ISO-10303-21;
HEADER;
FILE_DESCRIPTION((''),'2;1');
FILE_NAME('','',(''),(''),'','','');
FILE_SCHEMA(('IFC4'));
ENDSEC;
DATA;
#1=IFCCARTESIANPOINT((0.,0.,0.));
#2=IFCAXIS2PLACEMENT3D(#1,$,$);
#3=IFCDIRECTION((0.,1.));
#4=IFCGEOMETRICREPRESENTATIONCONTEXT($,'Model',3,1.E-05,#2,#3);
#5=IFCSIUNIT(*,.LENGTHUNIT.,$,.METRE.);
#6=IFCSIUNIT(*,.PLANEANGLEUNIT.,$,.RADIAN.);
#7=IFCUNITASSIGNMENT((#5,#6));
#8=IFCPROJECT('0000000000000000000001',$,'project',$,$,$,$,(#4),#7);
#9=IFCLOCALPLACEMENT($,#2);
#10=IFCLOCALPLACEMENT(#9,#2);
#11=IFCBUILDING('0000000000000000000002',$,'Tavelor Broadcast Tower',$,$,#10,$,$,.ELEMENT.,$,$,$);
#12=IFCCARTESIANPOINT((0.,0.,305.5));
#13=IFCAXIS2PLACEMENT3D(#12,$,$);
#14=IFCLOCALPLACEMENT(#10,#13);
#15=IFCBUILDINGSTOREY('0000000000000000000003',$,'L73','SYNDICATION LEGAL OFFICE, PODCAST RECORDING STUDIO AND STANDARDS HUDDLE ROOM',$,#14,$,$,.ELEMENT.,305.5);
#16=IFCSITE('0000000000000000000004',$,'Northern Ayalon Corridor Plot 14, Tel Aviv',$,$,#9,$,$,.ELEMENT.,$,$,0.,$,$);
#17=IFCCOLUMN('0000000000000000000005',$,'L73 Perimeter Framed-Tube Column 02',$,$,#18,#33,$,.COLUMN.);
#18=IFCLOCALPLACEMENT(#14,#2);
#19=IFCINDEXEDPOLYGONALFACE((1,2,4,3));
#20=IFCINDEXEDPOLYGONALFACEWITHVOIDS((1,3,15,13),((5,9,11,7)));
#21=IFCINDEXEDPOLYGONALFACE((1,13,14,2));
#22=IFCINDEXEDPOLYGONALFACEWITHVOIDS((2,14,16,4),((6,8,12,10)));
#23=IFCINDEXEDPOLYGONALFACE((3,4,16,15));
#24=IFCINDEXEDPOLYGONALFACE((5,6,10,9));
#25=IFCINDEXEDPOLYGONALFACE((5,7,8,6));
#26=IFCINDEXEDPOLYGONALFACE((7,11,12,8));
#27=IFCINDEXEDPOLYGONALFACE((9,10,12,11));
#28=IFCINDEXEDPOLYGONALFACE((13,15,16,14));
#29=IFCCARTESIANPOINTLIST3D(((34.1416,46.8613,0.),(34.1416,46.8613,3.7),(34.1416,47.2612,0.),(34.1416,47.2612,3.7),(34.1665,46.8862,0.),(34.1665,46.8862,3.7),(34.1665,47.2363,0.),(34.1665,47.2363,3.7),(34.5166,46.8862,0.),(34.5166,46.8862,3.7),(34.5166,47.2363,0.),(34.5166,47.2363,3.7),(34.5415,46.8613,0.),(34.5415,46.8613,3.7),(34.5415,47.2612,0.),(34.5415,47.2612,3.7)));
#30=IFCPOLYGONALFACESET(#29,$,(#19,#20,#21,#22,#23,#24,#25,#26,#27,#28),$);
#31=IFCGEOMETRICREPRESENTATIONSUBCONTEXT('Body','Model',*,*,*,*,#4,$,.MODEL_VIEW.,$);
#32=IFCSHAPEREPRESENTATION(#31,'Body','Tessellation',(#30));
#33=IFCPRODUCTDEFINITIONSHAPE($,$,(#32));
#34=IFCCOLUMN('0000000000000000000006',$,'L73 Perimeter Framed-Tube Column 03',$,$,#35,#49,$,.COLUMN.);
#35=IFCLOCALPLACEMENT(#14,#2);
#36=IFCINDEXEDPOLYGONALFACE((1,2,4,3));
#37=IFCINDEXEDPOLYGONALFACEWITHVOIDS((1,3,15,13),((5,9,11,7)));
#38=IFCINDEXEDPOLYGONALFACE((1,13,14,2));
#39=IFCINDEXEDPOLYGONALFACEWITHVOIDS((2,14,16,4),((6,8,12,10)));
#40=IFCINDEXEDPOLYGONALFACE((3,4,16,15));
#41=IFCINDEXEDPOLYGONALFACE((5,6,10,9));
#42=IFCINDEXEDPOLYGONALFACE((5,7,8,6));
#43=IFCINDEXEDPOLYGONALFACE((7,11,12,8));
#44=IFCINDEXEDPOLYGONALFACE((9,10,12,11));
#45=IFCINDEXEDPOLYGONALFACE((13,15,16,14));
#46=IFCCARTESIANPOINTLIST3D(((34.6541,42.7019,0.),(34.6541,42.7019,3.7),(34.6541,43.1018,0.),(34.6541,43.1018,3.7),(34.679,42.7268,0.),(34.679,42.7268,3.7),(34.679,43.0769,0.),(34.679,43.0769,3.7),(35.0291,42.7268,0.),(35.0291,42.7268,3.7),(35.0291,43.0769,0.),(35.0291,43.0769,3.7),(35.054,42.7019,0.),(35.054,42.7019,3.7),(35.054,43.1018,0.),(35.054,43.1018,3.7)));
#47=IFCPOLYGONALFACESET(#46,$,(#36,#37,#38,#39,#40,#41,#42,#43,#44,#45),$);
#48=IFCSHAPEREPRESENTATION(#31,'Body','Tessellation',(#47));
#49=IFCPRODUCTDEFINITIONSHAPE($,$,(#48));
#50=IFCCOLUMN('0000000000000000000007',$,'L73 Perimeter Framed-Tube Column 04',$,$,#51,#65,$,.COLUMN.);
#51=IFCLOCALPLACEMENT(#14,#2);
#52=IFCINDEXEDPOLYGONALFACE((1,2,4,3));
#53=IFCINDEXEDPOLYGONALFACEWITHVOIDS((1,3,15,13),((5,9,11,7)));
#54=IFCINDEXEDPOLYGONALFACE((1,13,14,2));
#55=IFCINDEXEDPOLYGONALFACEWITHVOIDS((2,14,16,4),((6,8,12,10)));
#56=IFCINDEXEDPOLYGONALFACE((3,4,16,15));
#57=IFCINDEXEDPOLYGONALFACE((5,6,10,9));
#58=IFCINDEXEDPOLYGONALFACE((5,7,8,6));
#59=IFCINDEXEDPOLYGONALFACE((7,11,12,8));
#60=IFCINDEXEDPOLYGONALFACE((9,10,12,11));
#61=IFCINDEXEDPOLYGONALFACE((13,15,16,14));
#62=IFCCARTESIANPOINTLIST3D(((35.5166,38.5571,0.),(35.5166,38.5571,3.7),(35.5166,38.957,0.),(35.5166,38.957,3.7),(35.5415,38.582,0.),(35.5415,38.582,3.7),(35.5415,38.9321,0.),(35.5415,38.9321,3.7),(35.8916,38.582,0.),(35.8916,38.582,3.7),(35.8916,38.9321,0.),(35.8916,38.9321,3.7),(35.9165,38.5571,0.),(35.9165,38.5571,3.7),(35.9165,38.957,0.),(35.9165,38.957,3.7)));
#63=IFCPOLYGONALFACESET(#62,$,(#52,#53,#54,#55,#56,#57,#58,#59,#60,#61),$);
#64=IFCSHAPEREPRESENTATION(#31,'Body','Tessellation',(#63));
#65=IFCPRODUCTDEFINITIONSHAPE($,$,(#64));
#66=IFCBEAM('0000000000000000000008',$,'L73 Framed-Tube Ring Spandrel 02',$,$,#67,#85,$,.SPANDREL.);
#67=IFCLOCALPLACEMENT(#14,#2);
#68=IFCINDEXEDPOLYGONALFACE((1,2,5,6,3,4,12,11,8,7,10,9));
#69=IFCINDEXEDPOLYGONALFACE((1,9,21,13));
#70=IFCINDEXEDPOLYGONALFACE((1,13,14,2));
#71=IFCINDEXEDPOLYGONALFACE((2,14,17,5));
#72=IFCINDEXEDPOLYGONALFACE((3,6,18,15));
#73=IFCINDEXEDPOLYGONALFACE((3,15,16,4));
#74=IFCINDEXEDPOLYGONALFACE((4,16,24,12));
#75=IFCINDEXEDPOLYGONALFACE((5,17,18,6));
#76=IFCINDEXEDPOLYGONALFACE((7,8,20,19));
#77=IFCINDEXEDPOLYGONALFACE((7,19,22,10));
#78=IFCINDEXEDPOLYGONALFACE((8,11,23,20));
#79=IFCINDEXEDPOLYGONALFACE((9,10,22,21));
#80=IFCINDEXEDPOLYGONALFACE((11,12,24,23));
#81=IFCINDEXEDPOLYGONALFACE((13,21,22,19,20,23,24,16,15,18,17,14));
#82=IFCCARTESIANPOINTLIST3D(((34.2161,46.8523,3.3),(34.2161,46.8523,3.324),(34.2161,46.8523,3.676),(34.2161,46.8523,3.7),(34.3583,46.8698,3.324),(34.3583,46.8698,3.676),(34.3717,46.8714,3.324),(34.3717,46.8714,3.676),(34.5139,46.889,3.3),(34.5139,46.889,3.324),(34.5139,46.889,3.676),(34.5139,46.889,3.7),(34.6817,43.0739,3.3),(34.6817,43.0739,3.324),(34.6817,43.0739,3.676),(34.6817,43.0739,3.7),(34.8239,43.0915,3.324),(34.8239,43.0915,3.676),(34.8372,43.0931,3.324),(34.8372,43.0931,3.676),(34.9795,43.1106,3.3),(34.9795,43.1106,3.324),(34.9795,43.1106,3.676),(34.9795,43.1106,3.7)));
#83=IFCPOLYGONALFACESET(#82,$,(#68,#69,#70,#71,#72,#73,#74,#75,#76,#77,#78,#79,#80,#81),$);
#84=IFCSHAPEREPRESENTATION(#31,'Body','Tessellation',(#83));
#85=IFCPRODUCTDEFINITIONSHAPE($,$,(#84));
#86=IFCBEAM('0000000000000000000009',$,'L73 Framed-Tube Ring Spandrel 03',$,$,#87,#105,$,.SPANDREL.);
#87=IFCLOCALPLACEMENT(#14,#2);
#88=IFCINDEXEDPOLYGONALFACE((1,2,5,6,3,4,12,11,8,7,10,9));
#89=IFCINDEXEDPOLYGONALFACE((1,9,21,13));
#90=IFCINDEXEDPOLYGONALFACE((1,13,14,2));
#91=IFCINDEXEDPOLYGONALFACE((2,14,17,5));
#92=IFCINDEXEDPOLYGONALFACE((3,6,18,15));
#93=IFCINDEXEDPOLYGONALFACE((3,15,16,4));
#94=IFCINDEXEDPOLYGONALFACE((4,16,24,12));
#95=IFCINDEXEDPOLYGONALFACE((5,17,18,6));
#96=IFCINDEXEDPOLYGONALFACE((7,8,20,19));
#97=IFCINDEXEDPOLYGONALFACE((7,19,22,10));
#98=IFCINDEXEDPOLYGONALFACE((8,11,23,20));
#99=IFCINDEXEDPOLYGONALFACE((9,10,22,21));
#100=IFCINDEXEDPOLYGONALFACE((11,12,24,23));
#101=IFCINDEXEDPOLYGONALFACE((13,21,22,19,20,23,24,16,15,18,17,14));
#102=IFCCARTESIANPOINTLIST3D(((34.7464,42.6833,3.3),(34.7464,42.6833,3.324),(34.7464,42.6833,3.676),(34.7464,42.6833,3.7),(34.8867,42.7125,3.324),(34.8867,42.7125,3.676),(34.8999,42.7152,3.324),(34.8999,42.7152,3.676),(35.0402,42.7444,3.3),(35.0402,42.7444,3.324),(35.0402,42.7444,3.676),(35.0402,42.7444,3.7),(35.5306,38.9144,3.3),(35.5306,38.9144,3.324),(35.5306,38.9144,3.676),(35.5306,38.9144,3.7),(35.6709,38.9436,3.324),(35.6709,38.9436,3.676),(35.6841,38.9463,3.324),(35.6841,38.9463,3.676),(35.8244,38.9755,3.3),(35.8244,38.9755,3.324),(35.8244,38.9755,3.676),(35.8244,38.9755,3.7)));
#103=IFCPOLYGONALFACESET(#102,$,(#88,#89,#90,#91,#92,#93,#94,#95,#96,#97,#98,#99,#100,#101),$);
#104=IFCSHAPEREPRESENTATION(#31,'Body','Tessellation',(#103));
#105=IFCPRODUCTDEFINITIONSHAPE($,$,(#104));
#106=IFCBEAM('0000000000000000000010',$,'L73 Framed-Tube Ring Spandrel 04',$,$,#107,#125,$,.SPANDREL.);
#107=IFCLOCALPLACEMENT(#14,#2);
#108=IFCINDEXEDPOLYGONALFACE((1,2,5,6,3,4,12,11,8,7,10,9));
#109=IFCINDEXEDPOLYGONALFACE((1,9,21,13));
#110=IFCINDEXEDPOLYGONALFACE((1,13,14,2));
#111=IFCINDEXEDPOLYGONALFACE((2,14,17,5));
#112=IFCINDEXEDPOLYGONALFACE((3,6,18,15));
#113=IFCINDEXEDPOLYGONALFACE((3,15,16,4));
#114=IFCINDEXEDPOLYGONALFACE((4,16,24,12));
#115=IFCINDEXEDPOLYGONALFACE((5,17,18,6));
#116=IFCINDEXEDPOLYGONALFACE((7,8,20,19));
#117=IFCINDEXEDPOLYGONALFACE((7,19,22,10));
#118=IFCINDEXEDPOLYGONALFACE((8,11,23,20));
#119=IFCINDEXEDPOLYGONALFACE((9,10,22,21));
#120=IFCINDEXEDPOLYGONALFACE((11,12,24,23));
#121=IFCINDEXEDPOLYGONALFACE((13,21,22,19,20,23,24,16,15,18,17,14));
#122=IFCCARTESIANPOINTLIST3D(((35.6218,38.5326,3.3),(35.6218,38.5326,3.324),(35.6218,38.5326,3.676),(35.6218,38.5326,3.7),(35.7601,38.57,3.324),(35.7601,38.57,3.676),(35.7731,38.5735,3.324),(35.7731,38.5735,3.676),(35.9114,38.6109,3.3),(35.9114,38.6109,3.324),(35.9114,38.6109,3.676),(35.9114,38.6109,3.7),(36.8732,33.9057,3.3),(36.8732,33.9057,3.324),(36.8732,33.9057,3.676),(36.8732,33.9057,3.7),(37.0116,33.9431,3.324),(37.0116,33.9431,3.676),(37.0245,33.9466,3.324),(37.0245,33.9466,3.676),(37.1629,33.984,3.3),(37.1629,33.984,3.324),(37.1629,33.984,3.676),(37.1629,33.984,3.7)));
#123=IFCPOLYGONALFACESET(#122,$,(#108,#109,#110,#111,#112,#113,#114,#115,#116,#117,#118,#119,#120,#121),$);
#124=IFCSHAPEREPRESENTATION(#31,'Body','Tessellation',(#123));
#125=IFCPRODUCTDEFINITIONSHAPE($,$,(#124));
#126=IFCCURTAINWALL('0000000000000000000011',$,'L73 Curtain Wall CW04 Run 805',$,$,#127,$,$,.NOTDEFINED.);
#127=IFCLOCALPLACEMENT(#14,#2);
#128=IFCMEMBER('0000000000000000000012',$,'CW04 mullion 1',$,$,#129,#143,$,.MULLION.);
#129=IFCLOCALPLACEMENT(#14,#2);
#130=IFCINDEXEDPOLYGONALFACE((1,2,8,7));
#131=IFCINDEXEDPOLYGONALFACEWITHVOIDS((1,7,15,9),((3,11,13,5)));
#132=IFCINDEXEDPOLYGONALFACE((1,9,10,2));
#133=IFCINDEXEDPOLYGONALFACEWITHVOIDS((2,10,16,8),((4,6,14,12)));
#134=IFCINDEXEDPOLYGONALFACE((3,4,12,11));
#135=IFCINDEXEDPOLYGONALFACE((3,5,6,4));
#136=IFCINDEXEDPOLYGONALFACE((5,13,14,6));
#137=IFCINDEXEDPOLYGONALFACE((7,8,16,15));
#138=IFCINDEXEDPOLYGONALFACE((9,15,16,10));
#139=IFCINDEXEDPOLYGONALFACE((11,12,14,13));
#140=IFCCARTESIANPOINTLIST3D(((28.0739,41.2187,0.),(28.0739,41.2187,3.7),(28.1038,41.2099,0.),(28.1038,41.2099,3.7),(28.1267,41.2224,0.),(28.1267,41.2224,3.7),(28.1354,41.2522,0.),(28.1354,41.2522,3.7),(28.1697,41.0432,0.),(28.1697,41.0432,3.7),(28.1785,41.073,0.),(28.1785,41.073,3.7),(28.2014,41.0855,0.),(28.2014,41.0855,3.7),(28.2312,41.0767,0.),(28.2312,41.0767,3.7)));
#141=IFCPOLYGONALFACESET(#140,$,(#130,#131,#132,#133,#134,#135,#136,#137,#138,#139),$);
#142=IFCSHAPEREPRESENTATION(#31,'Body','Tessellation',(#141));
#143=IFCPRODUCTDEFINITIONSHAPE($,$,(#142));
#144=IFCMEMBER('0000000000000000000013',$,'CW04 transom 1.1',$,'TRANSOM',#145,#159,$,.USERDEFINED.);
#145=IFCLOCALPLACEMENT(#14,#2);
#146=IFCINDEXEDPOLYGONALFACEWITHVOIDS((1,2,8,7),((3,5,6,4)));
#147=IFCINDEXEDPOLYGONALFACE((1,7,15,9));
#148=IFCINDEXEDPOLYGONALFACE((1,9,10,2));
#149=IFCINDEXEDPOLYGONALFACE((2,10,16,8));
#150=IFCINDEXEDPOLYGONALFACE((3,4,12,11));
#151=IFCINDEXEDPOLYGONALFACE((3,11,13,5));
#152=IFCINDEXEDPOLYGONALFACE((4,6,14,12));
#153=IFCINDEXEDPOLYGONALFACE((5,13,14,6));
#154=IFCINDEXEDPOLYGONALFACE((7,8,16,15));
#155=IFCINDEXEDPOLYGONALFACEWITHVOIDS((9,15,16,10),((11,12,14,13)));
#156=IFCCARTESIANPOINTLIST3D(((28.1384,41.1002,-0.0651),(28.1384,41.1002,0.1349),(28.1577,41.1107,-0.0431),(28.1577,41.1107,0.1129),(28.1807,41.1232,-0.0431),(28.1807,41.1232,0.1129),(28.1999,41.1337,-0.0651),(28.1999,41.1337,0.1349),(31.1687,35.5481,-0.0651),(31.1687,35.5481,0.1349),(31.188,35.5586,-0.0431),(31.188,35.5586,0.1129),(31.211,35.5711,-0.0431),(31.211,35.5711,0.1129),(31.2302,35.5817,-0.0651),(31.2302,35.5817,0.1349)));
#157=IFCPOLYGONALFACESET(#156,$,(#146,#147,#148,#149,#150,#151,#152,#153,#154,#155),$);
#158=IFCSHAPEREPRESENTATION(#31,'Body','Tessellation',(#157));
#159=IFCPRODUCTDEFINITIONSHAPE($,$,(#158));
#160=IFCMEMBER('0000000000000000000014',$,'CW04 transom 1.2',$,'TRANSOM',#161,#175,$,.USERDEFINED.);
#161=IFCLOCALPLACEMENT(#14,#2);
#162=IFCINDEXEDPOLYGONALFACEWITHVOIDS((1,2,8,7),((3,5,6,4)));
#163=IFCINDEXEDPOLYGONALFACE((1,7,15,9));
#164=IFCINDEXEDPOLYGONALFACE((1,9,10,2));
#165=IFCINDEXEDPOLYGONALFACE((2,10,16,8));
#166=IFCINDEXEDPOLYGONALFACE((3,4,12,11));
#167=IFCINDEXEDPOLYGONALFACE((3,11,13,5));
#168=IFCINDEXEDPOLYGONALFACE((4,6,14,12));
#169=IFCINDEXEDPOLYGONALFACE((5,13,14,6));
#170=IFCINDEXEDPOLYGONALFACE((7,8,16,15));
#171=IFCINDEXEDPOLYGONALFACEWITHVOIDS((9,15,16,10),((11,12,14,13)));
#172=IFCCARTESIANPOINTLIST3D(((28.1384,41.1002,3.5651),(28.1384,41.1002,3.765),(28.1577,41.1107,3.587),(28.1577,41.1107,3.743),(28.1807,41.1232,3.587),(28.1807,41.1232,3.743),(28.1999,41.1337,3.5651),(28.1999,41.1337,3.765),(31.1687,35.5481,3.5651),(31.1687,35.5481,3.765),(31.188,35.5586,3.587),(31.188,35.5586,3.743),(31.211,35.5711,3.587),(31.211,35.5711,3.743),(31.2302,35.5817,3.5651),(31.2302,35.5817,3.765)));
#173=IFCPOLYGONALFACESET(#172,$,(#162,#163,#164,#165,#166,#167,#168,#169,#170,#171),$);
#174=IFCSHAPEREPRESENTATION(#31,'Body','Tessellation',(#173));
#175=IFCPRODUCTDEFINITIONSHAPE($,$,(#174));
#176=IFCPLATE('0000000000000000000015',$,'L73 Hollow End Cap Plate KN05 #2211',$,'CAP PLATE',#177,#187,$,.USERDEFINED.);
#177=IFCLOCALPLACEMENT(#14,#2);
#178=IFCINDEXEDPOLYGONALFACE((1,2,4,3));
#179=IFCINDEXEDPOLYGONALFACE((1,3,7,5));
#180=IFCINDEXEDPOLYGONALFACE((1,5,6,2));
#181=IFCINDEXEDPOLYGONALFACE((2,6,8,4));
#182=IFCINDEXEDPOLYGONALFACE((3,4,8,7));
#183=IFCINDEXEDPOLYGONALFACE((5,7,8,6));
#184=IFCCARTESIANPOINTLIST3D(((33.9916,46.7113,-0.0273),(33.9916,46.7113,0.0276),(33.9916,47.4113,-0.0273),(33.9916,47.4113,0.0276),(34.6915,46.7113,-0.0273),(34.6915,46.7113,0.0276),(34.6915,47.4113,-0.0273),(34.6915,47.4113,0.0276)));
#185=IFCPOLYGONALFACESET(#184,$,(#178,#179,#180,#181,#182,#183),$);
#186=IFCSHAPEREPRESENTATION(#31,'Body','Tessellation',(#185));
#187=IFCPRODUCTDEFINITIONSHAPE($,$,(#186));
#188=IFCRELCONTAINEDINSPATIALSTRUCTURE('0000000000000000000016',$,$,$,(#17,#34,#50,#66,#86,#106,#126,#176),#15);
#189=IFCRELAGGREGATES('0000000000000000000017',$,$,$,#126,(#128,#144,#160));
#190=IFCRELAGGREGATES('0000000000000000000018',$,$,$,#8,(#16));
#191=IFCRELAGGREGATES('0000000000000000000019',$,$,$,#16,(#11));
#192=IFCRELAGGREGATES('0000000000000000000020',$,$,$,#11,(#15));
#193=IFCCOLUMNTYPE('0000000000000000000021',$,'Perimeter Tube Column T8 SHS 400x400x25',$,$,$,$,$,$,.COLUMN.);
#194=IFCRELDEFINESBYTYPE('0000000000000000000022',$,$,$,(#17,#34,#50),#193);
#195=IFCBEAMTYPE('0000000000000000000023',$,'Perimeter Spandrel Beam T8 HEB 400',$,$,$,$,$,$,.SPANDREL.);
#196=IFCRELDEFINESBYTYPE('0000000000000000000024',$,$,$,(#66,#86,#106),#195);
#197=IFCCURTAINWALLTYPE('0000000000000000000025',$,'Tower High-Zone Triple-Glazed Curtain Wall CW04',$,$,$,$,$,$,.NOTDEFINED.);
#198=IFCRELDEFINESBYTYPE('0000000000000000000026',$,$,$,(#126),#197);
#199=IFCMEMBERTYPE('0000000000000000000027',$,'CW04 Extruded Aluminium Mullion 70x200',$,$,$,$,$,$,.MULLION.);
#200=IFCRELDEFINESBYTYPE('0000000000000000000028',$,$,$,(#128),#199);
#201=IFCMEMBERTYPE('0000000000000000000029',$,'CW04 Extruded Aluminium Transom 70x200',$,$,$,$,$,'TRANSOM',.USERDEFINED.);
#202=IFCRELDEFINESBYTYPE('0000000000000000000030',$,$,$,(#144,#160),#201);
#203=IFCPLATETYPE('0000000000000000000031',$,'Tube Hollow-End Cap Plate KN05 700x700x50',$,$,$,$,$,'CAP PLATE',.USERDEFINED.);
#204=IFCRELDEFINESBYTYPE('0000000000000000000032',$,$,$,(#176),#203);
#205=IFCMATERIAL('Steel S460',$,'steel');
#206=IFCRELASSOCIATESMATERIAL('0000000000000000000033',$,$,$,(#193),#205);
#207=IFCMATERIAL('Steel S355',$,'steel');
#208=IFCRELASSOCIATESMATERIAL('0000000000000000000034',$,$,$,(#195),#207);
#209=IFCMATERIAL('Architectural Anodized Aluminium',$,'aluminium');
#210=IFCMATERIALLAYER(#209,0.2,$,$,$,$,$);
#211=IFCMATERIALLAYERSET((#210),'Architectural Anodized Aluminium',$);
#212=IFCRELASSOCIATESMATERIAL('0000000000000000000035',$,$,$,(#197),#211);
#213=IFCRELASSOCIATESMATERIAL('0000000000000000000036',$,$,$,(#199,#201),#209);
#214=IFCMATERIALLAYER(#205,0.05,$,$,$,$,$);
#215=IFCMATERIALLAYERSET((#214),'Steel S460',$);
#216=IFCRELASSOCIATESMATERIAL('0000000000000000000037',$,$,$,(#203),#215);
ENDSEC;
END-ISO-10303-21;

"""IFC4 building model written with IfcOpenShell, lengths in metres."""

from ifc_helpers import new_model, si_unit, direction, frame, origin, origin_2d, place, context, subcontext, project, spatial, rectangle, hollow_rectangle, i_section, extrude, source, transform, mapped, material, layer, layer_set, material_profile, profile_set, type_object, type_shapes, element, aggregate, save


model = new_model("IFC4")

# Units and contexts
model_context = context("Model", 3, precision=1e-05, world=origin(), true_north=direction((0.0, 1.0)))
body_context = subcontext(model_context, "Body", "Model", "MODEL_VIEW")
ifc_project = project(units=[si_unit("LENGTHUNIT", "METRE"), si_unit("PLANEANGLEUNIT", "RADIAN")], contexts=[model_context])

# Site, building, storey
site_placement = place(None, origin())
site = spatial("IfcSite", under=ifc_project, at=site_placement, Name="Northern Ayalon Corridor Plot 14, Tel Aviv", CompositionType="ELEMENT", RefElevation=0.0)
building_placement = place(site_placement, origin())
building = spatial("IfcBuilding", under=site, at=building_placement, Name="Tavelor Broadcast Tower", CompositionType="ELEMENT")
storey_placement = place(building_placement, frame((0.0, 0.0, 305.5)))
storey = spatial("IfcBuildingStorey", under=building, at=storey_placement, Name="L73", Description="SYNDICATION LEGAL OFFICE, PODCAST RECORDING STUDIO AND STANDARDS HUDDLE ROOM", CompositionType="ELEMENT", Elevation=305.5)

# Columns
ifc_material_1 = material(Name="Steel S460", Category="steel")
ifc_material_profile_1 = material_profile(ifc_material_1, hollow_rectangle(XDim=0.3999, YDim=0.3999, WallThickness=0.0249, at=origin_2d()), Name="SHS 400x400x25")
ifc_profile_set_1 = profile_set([ifc_material_profile_1], Name="Steel S460")
column_type = type_object("IfcColumnType", Name="Perimeter Tube Column T8 SHS 400x400x25", PredefinedType="COLUMN", material=ifc_profile_set_1)
for number, where, z_axis, x_axis, name in (
    (1, (34.3416, 47.0613, 0.0), (0.0, 0.0, 1.0), (1.0, 0.0, 0.0), "L73 Perimeter Framed-Tube Column 02"),
    (2, (34.854, 42.9019, 0.0), (0.0, 0.0, 1.0), (1.0, 0.0, 0.0), "L73 Perimeter Framed-Tube Column 03"),
    (3, (35.7166, 38.7571, 0.0), (0.0, 0.0, 1.0), (1.0, 0.0, 0.0), "L73 Perimeter Framed-Tube Column 04"),
):
    element("IfcColumn", number, at=place(storey_placement, frame(where, z_axis=z_axis, x_axis=x_axis)), inside=storey, type_object=column_type, Name=name, PredefinedType="COLUMN", context=body_context, shape_type="SweptSolid", body=[
        extrude(hollow_rectangle(XDim=0.3999, YDim=0.3999, WallThickness=0.0249, at=origin_2d()), origin(), (0.0, 0.0, 1.0), 3.7),
    ])

# Beams
ifc_material_2 = material(Name="Steel S355", Category="steel")
ifc_material_profile_2 = material_profile(ifc_material_2, i_section(OverallWidth=0.3, OverallDepth=0.3999, WebThickness=0.0134, FlangeThickness=0.0239, at=origin_2d()), Name="HEB 400")
ifc_profile_set_2 = profile_set([ifc_material_profile_2], Name="Steel S355")
beam_type = type_object("IfcBeamType", Name="Perimeter Spandrel Beam T8 HEB 400", PredefinedType="SPANDREL", material=ifc_profile_set_2)
beam_1_placement = place(storey_placement, frame((34.365, 46.8706, 3.5), z_axis=(0.122298, -0.992493, 0.0), x_axis=(0.992493, 0.122298, 0.0)))
element("IfcBeam", 4, at=beam_1_placement, inside=storey, type_object=beam_type, Name="L73 Framed-Tube Ring Spandrel 02", PredefinedType="SPANDREL", context=body_context, shape_type="SweptSolid", body=[
    extrude(i_section(OverallWidth=0.3, OverallDepth=0.3999, WebThickness=0.0134, FlangeThickness=0.0239, at=origin_2d()), origin(), (0.0, 0.0, 1.0), 3.8069),
])
beam_2_placement = place(storey_placement, frame((34.8933, 42.7139, 3.5), z_axis=(0.203709, -0.979032, 0.0), x_axis=(0.979032, 0.203709, 0.0)))
element("IfcBeam", 5, at=beam_2_placement, inside=storey, type_object=beam_type, Name="L73 Framed-Tube Ring Spandrel 03", PredefinedType="SPANDREL", context=body_context, shape_type="SweptSolid", body=[
    extrude(i_section(OverallWidth=0.3, OverallDepth=0.3999, WebThickness=0.0134, FlangeThickness=0.0239, at=origin_2d()), origin(), (0.0, 0.0, 1.0), 3.8496),
])
beam_3_placement = place(storey_placement, frame((35.7666, 38.5718, 3.5), z_axis=(0.261091, -0.965314, 0.0), x_axis=(0.965314, 0.261091, 0.0)))
element("IfcBeam", 6, at=beam_3_placement, inside=storey, type_object=beam_type, Name="L73 Framed-Tube Ring Spandrel 04", PredefinedType="SPANDREL", context=body_context, shape_type="SweptSolid", body=[
    extrude(i_section(OverallWidth=0.3, OverallDepth=0.3999, WebThickness=0.0134, FlangeThickness=0.0239, at=origin_2d()), origin(), (0.0, 0.0, 1.0), 4.7932),
])

# Curtain wall, members
ifc_material_3 = material(Name="Architectural Anodized Aluminium", Category="aluminium")
ifc_layer_1 = layer(ifc_material_3, 0.2)
ifc_layer_set_1 = layer_set([ifc_layer_1], Name="Architectural Anodized Aluminium")
curtain_wall_type = type_object("IfcCurtainWallType", Name="Tower High-Zone Triple-Glazed Curtain Wall CW04", PredefinedType="NOTDEFINED", material=ifc_layer_set_1)
curtain_wall_placement = place(storey_placement, origin())
curtain_wall = element("IfcCurtainWall", 7, at=curtain_wall_placement, inside=storey, type_object=curtain_wall_type, Name="L73 Curtain Wall CW04 Run 805", PredefinedType="NOTDEFINED")
ifc_material_profile_3 = material_profile(ifc_material_3, hollow_rectangle(XDim=0.0701, YDim=0.2, WallThickness=0.022, at=origin_2d()), Name="RHS 70x200x22")
ifc_profile_set_3 = profile_set([ifc_material_profile_3], Name="Architectural Anodized Aluminium")
member_type_1 = type_object("IfcMemberType", Name="CW04 Extruded Aluminium Mullion 70x200", PredefinedType="MULLION", material=ifc_profile_set_3)
shared_shape_1 = source(origin(), body_context, "Body", "SweptSolid", [
    extrude(hollow_rectangle(XDim=0.0701, YDim=0.2, WallThickness=0.022, at=origin_2d()), origin(), (0.0, 0.0, 1.0), 3.7),
])
type_shapes(member_type_1, [shared_shape_1])
member_1_placement = place(storey_placement, frame((28.1526, 41.1477, 0.0), z_axis=(0.0, 0.0, 1.0), x_axis=(0.877786, 0.479054, 0.0)))
member_1 = element("IfcMember", 8, at=member_1_placement, type_object=member_type_1, Name="CW04 mullion 1", PredefinedType="MULLION", context=body_context, shape_type="MappedRepresentation", body=[
    mapped(shared_shape_1, transform((0.0, 0.0, 0.0), scale=1.0)),
])
ifc_material_profile_4 = material_profile(ifc_material_3, hollow_rectangle(XDim=0.0701, YDim=0.2, WallThickness=0.022, at=origin_2d()), Name="RHS 70x200x22")
ifc_profile_set_4 = profile_set([ifc_material_profile_4], Name="Architectural Anodized Aluminium")
member_type_2 = type_object("IfcMemberType", Name="CW04 Extruded Aluminium Transom 70x200", ElementType="TRANSOM", PredefinedType="USERDEFINED", material=ifc_profile_set_4)
shared_shape_2 = source(origin(), body_context, "Body", "SweptSolid", [
    extrude(hollow_rectangle(XDim=0.0701, YDim=0.2, WallThickness=0.022, at=origin_2d()), origin(), (0.0, 0.0, 1.0), 6.3252),
])
type_shapes(member_type_2, [shared_shape_2])
member_2_placement = place(storey_placement, frame((28.1692, 41.1169, 0.0349), z_axis=(0.479085, -0.877769, 0.0), x_axis=(0.877769, 0.479085, 0.0)))
member_2 = element("IfcMember", 9, at=member_2_placement, type_object=member_type_2, Name="CW04 transom 1.1", ObjectType="TRANSOM", PredefinedType="USERDEFINED", context=body_context, shape_type="MappedRepresentation", body=[
    mapped(shared_shape_2, transform((0.0, 0.0, 0.0), scale=1.0)),
])
member_3_placement = place(storey_placement, frame((28.1692, 41.1169, 3.665), z_axis=(0.479085, -0.877769, 0.0), x_axis=(0.877769, 0.479085, 0.0)))
member_3 = element("IfcMember", 10, at=member_3_placement, type_object=member_type_2, Name="CW04 transom 1.2", ObjectType="TRANSOM", PredefinedType="USERDEFINED", context=body_context, shape_type="MappedRepresentation", body=[
    mapped(shared_shape_2, transform((0.0, 0.0, 0.0), scale=1.0)),
])
aggregate(curtain_wall, [member_1, member_2, member_3])

# Plate
ifc_layer_2 = layer(ifc_material_1, 0.05)
ifc_layer_set_2 = layer_set([ifc_layer_2], Name="Steel S460")
plate_type = type_object("IfcPlateType", Name="Tube Hollow-End Cap Plate KN05 700x700x50", ElementType="CAP PLATE", PredefinedType="USERDEFINED", material=ifc_layer_set_2)
shared_shape_3 = source(origin(), body_context, "Body", "SweptSolid", [
    extrude(rectangle(XDim=0.7, YDim=0.7, at=origin_2d()), origin(), (0.0, 0.0, 1.0), 0.0549),
])
type_shapes(plate_type, [shared_shape_3])
for number, where, z_axis, x_axis, name in (
    (11, (34.3416, 47.0613, -0.0273), (0.0, 0.0, 1.0), (1.0, 0.0, 0.0), "L73 Hollow End Cap Plate KN05 #2211"),
):
    element("IfcPlate", number, at=place(storey_placement, frame(where, z_axis=z_axis, x_axis=x_axis)), inside=storey, type_object=plate_type, Name=name, ObjectType="CAP PLATE", PredefinedType="USERDEFINED", context=body_context, shape_type="MappedRepresentation", body=[
        mapped(shared_shape_3, transform((0.0, 0.0, 0.0), scale=1.0)),
    ])

save(model, "model.ifc")
